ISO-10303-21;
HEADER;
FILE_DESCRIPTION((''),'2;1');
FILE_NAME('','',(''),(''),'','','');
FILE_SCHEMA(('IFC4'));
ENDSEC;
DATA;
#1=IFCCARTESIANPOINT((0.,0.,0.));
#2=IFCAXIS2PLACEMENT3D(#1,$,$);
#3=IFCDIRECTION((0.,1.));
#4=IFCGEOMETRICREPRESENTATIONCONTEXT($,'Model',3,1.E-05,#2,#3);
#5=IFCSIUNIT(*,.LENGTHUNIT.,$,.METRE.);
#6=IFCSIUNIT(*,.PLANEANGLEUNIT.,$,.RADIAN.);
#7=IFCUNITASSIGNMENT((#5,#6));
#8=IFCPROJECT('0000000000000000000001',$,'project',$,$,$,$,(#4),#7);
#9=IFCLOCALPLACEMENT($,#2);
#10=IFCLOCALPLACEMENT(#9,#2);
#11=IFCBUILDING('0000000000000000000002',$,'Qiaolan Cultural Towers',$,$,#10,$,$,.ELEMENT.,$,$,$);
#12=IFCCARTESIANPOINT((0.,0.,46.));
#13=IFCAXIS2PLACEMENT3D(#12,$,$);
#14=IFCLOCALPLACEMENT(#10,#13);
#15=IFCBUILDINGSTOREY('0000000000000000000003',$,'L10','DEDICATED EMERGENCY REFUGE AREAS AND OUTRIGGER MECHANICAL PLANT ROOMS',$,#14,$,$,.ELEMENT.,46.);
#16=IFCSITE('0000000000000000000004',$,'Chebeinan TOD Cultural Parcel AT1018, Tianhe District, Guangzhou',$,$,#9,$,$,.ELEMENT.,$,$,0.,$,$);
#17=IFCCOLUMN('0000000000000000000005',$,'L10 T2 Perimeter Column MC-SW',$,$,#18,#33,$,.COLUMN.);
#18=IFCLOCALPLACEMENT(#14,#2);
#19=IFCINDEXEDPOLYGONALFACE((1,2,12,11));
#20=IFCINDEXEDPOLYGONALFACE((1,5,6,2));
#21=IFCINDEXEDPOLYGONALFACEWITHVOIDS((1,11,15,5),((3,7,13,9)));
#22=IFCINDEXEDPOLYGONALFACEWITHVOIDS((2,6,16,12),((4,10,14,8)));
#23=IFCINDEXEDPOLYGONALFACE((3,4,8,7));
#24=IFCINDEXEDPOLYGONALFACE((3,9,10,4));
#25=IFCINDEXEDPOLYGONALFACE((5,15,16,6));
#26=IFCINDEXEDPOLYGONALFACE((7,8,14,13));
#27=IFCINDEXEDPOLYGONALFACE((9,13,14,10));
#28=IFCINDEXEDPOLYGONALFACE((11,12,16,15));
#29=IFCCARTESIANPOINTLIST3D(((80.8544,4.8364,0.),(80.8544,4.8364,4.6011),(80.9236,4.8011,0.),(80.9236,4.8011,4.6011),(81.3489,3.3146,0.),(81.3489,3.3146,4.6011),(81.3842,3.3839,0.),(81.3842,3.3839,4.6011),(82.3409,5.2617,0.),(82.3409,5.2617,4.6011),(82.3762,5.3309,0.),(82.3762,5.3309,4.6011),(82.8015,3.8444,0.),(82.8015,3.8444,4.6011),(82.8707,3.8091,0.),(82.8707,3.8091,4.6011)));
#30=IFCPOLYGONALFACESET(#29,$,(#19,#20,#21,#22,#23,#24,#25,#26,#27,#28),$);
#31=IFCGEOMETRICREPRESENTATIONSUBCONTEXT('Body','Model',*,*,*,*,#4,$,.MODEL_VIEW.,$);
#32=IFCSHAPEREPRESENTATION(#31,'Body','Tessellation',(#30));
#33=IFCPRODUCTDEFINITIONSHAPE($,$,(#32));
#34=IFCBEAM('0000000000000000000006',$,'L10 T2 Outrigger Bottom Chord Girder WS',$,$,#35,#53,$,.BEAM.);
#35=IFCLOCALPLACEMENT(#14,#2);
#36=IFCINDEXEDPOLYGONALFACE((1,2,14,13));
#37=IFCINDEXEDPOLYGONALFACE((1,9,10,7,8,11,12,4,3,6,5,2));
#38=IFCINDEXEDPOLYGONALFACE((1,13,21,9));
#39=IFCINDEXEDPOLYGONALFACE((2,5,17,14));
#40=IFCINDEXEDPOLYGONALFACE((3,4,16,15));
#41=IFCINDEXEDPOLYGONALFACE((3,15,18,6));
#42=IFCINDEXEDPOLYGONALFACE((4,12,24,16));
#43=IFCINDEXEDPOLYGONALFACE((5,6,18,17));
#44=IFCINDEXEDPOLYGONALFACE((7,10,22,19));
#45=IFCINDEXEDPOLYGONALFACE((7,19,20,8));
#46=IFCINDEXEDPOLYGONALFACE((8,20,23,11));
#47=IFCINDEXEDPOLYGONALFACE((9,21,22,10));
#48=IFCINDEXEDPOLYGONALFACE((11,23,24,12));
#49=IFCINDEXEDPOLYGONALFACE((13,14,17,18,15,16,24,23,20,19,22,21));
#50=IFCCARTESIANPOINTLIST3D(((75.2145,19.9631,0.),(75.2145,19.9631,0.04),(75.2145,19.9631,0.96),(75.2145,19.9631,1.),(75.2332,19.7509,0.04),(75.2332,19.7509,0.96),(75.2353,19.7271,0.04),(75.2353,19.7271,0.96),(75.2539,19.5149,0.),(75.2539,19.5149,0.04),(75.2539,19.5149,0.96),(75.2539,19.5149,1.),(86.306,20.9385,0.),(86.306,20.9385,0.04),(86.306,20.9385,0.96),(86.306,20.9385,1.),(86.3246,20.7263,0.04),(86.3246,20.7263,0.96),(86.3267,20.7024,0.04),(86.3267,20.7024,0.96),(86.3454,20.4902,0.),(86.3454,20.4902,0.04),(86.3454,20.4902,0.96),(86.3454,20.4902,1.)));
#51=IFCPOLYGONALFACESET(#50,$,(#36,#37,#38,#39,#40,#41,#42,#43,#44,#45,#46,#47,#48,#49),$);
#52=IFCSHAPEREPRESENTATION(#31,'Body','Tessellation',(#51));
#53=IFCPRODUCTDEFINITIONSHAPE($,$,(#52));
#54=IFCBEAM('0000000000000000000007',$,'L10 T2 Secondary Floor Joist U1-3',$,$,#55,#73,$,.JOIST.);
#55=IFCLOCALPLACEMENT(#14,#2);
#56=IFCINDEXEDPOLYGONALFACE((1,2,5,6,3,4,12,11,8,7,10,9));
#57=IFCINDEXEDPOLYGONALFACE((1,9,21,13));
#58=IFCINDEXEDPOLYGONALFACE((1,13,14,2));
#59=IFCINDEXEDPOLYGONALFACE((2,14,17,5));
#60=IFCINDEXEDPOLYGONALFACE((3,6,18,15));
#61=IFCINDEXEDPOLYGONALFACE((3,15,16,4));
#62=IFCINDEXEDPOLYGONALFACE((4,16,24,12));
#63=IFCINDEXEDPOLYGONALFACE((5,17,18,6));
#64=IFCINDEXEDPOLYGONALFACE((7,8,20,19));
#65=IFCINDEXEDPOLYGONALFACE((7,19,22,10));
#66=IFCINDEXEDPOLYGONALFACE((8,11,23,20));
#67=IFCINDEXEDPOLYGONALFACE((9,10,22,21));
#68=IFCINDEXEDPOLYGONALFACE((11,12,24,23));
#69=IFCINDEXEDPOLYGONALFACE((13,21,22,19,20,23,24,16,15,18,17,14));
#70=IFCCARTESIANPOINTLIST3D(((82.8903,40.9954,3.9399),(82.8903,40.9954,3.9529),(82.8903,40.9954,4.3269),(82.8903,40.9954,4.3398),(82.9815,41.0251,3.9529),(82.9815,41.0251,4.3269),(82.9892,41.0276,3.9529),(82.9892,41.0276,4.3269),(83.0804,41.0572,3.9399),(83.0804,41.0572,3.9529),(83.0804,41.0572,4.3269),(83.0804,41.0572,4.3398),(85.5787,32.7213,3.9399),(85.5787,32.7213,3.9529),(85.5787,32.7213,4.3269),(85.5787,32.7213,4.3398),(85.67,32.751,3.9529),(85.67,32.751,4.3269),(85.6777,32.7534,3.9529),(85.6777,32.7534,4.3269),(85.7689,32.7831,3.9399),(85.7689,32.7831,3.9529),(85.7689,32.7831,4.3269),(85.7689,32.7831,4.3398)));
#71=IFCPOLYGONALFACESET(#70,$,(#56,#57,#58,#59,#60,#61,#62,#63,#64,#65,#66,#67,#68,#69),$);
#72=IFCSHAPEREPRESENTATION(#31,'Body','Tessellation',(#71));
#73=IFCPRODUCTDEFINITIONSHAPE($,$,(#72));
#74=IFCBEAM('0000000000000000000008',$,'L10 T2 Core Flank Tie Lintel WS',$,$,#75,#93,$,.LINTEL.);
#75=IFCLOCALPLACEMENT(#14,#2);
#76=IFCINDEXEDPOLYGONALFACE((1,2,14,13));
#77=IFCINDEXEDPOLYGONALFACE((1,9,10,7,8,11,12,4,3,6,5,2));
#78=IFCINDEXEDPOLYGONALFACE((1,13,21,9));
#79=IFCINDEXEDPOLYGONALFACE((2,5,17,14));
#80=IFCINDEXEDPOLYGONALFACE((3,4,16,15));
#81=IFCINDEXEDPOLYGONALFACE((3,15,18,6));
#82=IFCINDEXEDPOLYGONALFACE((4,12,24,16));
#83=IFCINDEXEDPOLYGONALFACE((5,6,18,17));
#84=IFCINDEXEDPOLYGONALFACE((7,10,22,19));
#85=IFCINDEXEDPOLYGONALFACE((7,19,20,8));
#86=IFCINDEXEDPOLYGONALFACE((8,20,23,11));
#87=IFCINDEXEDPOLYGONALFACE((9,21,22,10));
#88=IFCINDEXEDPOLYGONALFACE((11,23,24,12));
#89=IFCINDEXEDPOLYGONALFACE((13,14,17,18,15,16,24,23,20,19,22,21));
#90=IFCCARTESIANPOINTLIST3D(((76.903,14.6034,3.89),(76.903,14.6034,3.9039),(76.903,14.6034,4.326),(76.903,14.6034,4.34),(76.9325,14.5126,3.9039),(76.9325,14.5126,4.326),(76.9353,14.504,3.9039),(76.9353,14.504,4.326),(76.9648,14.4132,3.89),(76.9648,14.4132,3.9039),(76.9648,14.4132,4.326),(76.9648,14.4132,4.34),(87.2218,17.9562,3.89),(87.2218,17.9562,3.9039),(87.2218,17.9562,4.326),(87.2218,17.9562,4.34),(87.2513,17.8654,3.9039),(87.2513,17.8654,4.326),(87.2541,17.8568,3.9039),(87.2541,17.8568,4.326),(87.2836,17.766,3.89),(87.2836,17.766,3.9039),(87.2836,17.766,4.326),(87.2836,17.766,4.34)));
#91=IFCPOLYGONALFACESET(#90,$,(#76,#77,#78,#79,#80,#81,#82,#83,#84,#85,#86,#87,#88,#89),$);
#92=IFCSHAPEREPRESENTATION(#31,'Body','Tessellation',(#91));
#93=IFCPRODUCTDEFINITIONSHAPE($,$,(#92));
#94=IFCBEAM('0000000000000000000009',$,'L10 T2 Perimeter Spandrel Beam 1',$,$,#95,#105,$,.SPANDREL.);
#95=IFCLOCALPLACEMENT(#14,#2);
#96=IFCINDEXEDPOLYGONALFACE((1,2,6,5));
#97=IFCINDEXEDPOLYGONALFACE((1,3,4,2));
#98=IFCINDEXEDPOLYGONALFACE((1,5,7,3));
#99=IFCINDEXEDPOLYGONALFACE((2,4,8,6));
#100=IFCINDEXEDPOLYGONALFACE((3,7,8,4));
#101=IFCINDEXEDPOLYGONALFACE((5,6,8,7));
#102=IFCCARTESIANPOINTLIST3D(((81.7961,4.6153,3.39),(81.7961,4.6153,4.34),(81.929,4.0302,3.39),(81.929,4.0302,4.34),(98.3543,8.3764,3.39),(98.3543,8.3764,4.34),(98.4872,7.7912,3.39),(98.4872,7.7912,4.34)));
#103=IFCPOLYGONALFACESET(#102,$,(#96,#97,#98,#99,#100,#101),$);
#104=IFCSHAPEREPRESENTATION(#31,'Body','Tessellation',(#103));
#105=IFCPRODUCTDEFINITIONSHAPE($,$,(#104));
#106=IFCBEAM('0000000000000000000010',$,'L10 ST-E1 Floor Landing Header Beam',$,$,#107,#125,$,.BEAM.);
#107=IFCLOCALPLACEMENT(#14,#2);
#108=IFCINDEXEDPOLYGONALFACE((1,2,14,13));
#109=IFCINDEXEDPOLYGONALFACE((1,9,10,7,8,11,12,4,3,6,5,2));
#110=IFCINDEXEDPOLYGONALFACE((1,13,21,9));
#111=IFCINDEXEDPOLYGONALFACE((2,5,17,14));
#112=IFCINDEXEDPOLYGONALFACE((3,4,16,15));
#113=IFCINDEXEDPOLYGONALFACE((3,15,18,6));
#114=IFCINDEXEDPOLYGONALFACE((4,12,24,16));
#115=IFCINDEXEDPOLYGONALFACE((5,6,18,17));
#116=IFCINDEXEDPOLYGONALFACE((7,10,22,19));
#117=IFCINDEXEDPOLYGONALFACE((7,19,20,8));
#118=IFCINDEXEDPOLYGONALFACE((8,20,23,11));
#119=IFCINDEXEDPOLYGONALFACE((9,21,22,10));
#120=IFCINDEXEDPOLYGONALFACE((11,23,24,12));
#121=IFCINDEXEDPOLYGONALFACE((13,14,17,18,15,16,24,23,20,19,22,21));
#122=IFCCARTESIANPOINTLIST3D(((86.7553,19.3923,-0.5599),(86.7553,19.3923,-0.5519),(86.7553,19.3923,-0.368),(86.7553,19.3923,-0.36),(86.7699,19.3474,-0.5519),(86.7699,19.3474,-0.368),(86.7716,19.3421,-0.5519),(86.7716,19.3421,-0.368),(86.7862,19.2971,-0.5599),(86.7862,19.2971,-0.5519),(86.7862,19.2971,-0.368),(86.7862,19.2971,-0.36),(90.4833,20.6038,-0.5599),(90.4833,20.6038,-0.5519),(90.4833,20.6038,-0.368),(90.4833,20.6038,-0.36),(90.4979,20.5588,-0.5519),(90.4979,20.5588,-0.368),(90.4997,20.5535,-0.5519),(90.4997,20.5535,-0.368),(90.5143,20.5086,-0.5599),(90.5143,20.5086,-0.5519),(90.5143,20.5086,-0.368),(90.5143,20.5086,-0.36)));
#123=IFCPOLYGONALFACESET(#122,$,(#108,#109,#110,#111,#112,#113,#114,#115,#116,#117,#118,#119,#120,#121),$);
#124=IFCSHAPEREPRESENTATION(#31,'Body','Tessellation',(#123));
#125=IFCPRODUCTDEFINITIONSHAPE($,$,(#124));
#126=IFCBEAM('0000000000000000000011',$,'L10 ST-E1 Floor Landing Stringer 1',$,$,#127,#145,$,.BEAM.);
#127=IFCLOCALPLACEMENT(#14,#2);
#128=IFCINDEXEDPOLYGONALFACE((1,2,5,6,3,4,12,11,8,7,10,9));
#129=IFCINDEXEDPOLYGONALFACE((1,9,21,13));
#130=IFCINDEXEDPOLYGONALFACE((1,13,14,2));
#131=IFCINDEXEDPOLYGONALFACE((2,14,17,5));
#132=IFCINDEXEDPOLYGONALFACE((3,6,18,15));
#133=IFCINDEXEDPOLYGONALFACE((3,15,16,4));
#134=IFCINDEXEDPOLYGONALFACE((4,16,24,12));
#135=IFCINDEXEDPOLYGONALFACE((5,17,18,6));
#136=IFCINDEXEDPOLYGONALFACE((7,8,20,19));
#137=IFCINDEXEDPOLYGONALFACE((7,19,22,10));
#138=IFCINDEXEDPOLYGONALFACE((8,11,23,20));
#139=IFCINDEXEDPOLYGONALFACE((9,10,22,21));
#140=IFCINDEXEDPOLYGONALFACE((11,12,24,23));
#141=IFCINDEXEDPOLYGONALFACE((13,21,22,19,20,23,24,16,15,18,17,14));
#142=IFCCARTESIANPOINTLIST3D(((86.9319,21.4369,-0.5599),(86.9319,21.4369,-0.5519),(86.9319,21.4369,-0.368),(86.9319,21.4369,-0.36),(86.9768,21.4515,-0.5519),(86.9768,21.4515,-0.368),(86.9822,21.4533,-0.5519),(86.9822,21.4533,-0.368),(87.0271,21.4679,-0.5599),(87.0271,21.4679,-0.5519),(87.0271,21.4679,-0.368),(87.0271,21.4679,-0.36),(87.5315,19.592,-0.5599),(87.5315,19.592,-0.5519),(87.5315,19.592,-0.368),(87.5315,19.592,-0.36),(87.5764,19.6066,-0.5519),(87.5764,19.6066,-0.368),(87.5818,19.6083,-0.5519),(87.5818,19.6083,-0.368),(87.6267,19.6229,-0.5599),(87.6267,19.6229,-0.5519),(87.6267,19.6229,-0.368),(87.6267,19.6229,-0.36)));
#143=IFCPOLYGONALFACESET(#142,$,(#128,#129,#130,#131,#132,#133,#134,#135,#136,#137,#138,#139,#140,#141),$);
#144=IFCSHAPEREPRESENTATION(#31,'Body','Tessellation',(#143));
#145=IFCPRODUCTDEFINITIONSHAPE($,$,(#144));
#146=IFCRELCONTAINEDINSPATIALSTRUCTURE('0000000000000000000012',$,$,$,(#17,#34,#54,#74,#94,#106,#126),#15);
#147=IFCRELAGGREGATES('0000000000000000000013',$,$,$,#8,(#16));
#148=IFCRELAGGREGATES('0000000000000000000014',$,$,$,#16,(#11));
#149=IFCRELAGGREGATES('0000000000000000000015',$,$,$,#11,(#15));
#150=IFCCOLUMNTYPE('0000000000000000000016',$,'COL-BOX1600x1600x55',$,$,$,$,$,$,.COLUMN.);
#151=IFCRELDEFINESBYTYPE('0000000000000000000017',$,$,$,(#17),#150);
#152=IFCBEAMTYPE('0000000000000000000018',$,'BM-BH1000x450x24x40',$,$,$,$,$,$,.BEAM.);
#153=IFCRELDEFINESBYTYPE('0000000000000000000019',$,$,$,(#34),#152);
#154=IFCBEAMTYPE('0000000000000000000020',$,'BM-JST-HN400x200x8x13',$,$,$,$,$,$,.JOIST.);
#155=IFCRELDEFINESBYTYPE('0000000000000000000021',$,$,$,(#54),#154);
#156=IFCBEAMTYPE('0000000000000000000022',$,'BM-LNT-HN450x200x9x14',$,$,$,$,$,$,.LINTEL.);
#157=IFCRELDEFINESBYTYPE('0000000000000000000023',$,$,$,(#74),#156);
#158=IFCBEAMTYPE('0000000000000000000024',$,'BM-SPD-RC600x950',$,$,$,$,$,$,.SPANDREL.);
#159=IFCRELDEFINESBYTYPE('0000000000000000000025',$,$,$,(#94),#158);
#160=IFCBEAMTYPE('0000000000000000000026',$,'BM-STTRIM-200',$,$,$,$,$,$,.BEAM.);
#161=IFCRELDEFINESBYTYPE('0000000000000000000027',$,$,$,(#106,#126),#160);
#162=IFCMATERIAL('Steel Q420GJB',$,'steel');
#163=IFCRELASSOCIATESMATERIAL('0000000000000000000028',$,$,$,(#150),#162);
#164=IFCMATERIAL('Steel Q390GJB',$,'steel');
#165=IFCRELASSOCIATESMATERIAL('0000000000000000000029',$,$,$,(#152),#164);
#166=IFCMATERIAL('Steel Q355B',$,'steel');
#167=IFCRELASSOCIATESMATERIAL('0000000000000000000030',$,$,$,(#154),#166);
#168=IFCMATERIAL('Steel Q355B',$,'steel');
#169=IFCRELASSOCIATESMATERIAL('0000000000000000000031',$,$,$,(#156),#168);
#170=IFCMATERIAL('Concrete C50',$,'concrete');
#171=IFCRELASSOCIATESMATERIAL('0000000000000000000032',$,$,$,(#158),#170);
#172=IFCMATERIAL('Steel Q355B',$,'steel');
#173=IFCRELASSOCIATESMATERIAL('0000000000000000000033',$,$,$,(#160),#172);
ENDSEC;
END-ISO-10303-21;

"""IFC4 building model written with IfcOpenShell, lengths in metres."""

from ifc_helpers import new_model, si_unit, direction, frame, origin, origin_2d, place, context, subcontext, project, spatial, rectangle, hollow_rectangle, i_section, extrude, material, material_profile, profile_set, type_object, element, save


model = new_model("IFC4")

# Units and contexts
model_context = context("Model", 3, precision=1e-05, world=origin(), true_north=direction((0.0, 1.0)))
body_context = subcontext(model_context, "Body", "Model", "MODEL_VIEW")
ifc_project = project(units=[si_unit("LENGTHUNIT", "METRE"), si_unit("PLANEANGLEUNIT", "RADIAN")], contexts=[model_context])

# Site, building, storey
site_placement = place(None, origin())
site = spatial("IfcSite", under=ifc_project, at=site_placement, Name="Chebeinan TOD Cultural Parcel AT1018, Tianhe District, Guangzhou", CompositionType="ELEMENT", RefElevation=0.0)
building_placement = place(site_placement, origin())
building = spatial("IfcBuilding", under=site, at=building_placement, Name="Qiaolan Cultural Towers", CompositionType="ELEMENT")
storey_placement = place(building_placement, frame((0.0, 0.0, 46.0)))
storey = spatial("IfcBuildingStorey", under=building, at=storey_placement, Name="L10", Description="DEDICATED EMERGENCY REFUGE AREAS AND OUTRIGGER MECHANICAL PLANT ROOMS", CompositionType="ELEMENT", Elevation=46.0)

# Column
ifc_material_1 = material(Name="Steel Q420GJB", Category="steel")
ifc_material_profile_1 = material_profile(ifc_material_1, hollow_rectangle(XDim=1.6001, YDim=1.6001, WallThickness=0.0549, at=origin_2d()), Name="BOX1600x1600x55")
ifc_profile_set_1 = profile_set([ifc_material_profile_1], Name="Steel Q420GJB")
column_type = type_object("IfcColumnType", Name="COL-BOX1600x1600x55", PredefinedType="COLUMN", material=ifc_profile_set_1)
column_placement = place(storey_placement, frame((81.8625, 4.3228, 0.0), z_axis=(0.0, 0.0, 1.0), x_axis=(0.951057, 0.309017, 0.0)))
element("IfcColumn", 1, at=column_placement, inside=storey, type_object=column_type, Name="L10 T2 Perimeter Column MC-SW", PredefinedType="COLUMN", context=body_context, shape_type="SweptSolid", body=[
    extrude(hollow_rectangle(XDim=1.6001, YDim=1.6001, WallThickness=0.0549, at=origin_2d()), origin(), (0.0, 0.0, 1.0), 4.6011),
])

# Beams
ifc_material_2 = material(Name="Steel Q390GJB", Category="steel")
ifc_material_profile_2 = material_profile(ifc_material_2, i_section(OverallWidth=0.45, OverallDepth=1.0, WebThickness=0.0239, FlangeThickness=0.04, at=origin_2d()), Name="BH1000x450x24x40")
ifc_profile_set_2 = profile_set([ifc_material_profile_2], Name="Steel Q390GJB")
beam_type_1 = type_object("IfcBeamType", Name="BM-BH1000x450x24x40", PredefinedType="BEAM", material=ifc_profile_set_2)
beam_1_placement = place(storey_placement, frame((86.3257, 20.7144, 0.5), z_axis=(-0.996156, -0.087598, 0.0), x_axis=(0.087598, -0.996156, 0.0)))
element("IfcBeam", 2, at=beam_1_placement, inside=storey, type_object=beam_type_1, Name="L10 T2 Outrigger Bottom Chord Girder WS", PredefinedType="BEAM", context=body_context, shape_type="SweptSolid", body=[
    extrude(i_section(OverallWidth=0.45, OverallDepth=1.0, WebThickness=0.0239, FlangeThickness=0.04, at=origin_2d()), origin(), (0.0, 0.0, 1.0), 11.1343),
])
ifc_material_3 = material(Name="Steel Q355B", Category="steel")
ifc_material_profile_3 = material_profile(ifc_material_3, i_section(OverallWidth=0.2, OverallDepth=0.3999, WebThickness=0.0081, FlangeThickness=0.0129, at=origin_2d()), Name="HN400x200x8x13")
ifc_profile_set_3 = profile_set([ifc_material_profile_3], Name="Steel Q355B")
beam_type_2 = type_object("IfcBeamType", Name="BM-JST-HN400x200x8x13", PredefinedType="JOIST", material=ifc_profile_set_3)
beam_2_placement = place(storey_placement, frame((85.6738, 32.7522, 4.1399), z_axis=(-0.309021, 0.951055, 0.0), x_axis=(-0.951055, -0.309021, 0.0)))
element("IfcBeam", 3, at=beam_2_placement, inside=storey, type_object=beam_type_2, Name="L10 T2 Secondary Floor Joist U1-3", PredefinedType="JOIST", context=body_context, shape_type="SweptSolid", body=[
    extrude(i_section(OverallWidth=0.2, OverallDepth=0.3999, WebThickness=0.0081, FlangeThickness=0.0129, at=origin_2d()), origin(), (0.0, 0.0, 1.0), 8.7),
])
ifc_material_4 = material(Name="Steel Q355B", Category="steel")
ifc_material_profile_4 = material_profile(ifc_material_4, i_section(OverallWidth=0.2, OverallDepth=0.45, WebThickness=0.009, FlangeThickness=0.0139, at=origin_2d()), Name="HN450x200x9x14")
ifc_profile_set_4 = profile_set([ifc_material_profile_4], Name="Steel Q355B")
beam_type_3 = type_object("IfcBeamType", Name="BM-LNT-HN450x200x9x14", PredefinedType="LINTEL", material=ifc_profile_set_4)
beam_3_placement = place(storey_placement, frame((87.2527, 17.8611, 4.115), z_axis=(-0.951057, -0.309016, 0.0), x_axis=(0.309016, -0.951057, 0.0)))
element("IfcBeam", 4, at=beam_3_placement, inside=storey, type_object=beam_type_3, Name="L10 T2 Core Flank Tie Lintel WS", PredefinedType="LINTEL", context=body_context, shape_type="SweptSolid", body=[
    extrude(i_section(OverallWidth=0.2, OverallDepth=0.45, WebThickness=0.009, FlangeThickness=0.0139, at=origin_2d()), origin(), (0.0, 0.0, 1.0), 10.8499),
])
ifc_material_5 = material(Name="Concrete C50", Category="concrete")
ifc_material_profile_5 = material_profile(ifc_material_5, rectangle(XDim=0.6001, YDim=0.95, at=origin_2d()), Name="RC600x950")
ifc_profile_set_5 = profile_set([ifc_material_profile_5], Name="Concrete C50")
beam_type_4 = type_object("IfcBeamType", Name="BM-SPD-RC600x950", PredefinedType="SPANDREL", material=ifc_profile_set_5)
beam_4_placement = place(storey_placement, frame((81.8625, 4.3228, 3.865), z_axis=(0.975161, 0.221497, 0.0), x_axis=(-0.221497, 0.975161, 0.0)))
element("IfcBeam", 5, at=beam_4_placement, inside=storey, type_object=beam_type_4, Name="L10 T2 Perimeter Spandrel Beam 1", PredefinedType="SPANDREL", context=body_context, shape_type="SweptSolid", body=[
    extrude(rectangle(XDim=0.6001, YDim=0.95, at=origin_2d()), origin(), (0.0, 0.0, 1.0), 16.98),
])
ifc_material_6 = material(Name="Steel Q355B", Category="steel")
ifc_material_profile_6 = material_profile(ifc_material_6, i_section(OverallWidth=0.1001, OverallDepth=0.2, WebThickness=0.0056, FlangeThickness=0.0081, at=origin_2d()), Name="HN200x100x5.5x8")
ifc_profile_set_6 = profile_set([ifc_material_profile_6], Name="Steel Q355B")
beam_type_5 = type_object("IfcBeamType", Name="BM-STTRIM-200", PredefinedType="BEAM", material=ifc_profile_set_6)
beam_5_placement = place(storey_placement, frame((86.7708, 19.3447, -0.46), z_axis=(0.951048, 0.309044, 0.0), x_axis=(-0.309044, 0.951048, 0.0)))
element("IfcBeam", 6, at=beam_5_placement, inside=storey, type_object=beam_type_5, Name="L10 ST-E1 Floor Landing Header Beam", PredefinedType="BEAM", context=body_context, shape_type="SweptSolid", body=[
    extrude(i_section(OverallWidth=0.1001, OverallDepth=0.2, WebThickness=0.0056, FlangeThickness=0.0081, at=origin_2d()), origin(), (0.0, 0.0, 1.0), 3.9199),
])
beam_6_placement = place(storey_placement, frame((86.9795, 21.4524, -0.46), z_axis=(0.309083, -0.951035, 0.0), x_axis=(0.951035, 0.309083, 0.0)))
element("IfcBeam", 7, at=beam_6_placement, inside=storey, type_object=beam_type_5, Name="L10 ST-E1 Floor Landing Stringer 1", PredefinedType="BEAM", context=body_context, shape_type="SweptSolid", body=[
    extrude(i_section(OverallWidth=0.1001, OverallDepth=0.2, WebThickness=0.0056, FlangeThickness=0.0081, at=origin_2d()), origin(), (0.0, 0.0, 1.0), 1.9399),
])

save(model, "model.ifc")
